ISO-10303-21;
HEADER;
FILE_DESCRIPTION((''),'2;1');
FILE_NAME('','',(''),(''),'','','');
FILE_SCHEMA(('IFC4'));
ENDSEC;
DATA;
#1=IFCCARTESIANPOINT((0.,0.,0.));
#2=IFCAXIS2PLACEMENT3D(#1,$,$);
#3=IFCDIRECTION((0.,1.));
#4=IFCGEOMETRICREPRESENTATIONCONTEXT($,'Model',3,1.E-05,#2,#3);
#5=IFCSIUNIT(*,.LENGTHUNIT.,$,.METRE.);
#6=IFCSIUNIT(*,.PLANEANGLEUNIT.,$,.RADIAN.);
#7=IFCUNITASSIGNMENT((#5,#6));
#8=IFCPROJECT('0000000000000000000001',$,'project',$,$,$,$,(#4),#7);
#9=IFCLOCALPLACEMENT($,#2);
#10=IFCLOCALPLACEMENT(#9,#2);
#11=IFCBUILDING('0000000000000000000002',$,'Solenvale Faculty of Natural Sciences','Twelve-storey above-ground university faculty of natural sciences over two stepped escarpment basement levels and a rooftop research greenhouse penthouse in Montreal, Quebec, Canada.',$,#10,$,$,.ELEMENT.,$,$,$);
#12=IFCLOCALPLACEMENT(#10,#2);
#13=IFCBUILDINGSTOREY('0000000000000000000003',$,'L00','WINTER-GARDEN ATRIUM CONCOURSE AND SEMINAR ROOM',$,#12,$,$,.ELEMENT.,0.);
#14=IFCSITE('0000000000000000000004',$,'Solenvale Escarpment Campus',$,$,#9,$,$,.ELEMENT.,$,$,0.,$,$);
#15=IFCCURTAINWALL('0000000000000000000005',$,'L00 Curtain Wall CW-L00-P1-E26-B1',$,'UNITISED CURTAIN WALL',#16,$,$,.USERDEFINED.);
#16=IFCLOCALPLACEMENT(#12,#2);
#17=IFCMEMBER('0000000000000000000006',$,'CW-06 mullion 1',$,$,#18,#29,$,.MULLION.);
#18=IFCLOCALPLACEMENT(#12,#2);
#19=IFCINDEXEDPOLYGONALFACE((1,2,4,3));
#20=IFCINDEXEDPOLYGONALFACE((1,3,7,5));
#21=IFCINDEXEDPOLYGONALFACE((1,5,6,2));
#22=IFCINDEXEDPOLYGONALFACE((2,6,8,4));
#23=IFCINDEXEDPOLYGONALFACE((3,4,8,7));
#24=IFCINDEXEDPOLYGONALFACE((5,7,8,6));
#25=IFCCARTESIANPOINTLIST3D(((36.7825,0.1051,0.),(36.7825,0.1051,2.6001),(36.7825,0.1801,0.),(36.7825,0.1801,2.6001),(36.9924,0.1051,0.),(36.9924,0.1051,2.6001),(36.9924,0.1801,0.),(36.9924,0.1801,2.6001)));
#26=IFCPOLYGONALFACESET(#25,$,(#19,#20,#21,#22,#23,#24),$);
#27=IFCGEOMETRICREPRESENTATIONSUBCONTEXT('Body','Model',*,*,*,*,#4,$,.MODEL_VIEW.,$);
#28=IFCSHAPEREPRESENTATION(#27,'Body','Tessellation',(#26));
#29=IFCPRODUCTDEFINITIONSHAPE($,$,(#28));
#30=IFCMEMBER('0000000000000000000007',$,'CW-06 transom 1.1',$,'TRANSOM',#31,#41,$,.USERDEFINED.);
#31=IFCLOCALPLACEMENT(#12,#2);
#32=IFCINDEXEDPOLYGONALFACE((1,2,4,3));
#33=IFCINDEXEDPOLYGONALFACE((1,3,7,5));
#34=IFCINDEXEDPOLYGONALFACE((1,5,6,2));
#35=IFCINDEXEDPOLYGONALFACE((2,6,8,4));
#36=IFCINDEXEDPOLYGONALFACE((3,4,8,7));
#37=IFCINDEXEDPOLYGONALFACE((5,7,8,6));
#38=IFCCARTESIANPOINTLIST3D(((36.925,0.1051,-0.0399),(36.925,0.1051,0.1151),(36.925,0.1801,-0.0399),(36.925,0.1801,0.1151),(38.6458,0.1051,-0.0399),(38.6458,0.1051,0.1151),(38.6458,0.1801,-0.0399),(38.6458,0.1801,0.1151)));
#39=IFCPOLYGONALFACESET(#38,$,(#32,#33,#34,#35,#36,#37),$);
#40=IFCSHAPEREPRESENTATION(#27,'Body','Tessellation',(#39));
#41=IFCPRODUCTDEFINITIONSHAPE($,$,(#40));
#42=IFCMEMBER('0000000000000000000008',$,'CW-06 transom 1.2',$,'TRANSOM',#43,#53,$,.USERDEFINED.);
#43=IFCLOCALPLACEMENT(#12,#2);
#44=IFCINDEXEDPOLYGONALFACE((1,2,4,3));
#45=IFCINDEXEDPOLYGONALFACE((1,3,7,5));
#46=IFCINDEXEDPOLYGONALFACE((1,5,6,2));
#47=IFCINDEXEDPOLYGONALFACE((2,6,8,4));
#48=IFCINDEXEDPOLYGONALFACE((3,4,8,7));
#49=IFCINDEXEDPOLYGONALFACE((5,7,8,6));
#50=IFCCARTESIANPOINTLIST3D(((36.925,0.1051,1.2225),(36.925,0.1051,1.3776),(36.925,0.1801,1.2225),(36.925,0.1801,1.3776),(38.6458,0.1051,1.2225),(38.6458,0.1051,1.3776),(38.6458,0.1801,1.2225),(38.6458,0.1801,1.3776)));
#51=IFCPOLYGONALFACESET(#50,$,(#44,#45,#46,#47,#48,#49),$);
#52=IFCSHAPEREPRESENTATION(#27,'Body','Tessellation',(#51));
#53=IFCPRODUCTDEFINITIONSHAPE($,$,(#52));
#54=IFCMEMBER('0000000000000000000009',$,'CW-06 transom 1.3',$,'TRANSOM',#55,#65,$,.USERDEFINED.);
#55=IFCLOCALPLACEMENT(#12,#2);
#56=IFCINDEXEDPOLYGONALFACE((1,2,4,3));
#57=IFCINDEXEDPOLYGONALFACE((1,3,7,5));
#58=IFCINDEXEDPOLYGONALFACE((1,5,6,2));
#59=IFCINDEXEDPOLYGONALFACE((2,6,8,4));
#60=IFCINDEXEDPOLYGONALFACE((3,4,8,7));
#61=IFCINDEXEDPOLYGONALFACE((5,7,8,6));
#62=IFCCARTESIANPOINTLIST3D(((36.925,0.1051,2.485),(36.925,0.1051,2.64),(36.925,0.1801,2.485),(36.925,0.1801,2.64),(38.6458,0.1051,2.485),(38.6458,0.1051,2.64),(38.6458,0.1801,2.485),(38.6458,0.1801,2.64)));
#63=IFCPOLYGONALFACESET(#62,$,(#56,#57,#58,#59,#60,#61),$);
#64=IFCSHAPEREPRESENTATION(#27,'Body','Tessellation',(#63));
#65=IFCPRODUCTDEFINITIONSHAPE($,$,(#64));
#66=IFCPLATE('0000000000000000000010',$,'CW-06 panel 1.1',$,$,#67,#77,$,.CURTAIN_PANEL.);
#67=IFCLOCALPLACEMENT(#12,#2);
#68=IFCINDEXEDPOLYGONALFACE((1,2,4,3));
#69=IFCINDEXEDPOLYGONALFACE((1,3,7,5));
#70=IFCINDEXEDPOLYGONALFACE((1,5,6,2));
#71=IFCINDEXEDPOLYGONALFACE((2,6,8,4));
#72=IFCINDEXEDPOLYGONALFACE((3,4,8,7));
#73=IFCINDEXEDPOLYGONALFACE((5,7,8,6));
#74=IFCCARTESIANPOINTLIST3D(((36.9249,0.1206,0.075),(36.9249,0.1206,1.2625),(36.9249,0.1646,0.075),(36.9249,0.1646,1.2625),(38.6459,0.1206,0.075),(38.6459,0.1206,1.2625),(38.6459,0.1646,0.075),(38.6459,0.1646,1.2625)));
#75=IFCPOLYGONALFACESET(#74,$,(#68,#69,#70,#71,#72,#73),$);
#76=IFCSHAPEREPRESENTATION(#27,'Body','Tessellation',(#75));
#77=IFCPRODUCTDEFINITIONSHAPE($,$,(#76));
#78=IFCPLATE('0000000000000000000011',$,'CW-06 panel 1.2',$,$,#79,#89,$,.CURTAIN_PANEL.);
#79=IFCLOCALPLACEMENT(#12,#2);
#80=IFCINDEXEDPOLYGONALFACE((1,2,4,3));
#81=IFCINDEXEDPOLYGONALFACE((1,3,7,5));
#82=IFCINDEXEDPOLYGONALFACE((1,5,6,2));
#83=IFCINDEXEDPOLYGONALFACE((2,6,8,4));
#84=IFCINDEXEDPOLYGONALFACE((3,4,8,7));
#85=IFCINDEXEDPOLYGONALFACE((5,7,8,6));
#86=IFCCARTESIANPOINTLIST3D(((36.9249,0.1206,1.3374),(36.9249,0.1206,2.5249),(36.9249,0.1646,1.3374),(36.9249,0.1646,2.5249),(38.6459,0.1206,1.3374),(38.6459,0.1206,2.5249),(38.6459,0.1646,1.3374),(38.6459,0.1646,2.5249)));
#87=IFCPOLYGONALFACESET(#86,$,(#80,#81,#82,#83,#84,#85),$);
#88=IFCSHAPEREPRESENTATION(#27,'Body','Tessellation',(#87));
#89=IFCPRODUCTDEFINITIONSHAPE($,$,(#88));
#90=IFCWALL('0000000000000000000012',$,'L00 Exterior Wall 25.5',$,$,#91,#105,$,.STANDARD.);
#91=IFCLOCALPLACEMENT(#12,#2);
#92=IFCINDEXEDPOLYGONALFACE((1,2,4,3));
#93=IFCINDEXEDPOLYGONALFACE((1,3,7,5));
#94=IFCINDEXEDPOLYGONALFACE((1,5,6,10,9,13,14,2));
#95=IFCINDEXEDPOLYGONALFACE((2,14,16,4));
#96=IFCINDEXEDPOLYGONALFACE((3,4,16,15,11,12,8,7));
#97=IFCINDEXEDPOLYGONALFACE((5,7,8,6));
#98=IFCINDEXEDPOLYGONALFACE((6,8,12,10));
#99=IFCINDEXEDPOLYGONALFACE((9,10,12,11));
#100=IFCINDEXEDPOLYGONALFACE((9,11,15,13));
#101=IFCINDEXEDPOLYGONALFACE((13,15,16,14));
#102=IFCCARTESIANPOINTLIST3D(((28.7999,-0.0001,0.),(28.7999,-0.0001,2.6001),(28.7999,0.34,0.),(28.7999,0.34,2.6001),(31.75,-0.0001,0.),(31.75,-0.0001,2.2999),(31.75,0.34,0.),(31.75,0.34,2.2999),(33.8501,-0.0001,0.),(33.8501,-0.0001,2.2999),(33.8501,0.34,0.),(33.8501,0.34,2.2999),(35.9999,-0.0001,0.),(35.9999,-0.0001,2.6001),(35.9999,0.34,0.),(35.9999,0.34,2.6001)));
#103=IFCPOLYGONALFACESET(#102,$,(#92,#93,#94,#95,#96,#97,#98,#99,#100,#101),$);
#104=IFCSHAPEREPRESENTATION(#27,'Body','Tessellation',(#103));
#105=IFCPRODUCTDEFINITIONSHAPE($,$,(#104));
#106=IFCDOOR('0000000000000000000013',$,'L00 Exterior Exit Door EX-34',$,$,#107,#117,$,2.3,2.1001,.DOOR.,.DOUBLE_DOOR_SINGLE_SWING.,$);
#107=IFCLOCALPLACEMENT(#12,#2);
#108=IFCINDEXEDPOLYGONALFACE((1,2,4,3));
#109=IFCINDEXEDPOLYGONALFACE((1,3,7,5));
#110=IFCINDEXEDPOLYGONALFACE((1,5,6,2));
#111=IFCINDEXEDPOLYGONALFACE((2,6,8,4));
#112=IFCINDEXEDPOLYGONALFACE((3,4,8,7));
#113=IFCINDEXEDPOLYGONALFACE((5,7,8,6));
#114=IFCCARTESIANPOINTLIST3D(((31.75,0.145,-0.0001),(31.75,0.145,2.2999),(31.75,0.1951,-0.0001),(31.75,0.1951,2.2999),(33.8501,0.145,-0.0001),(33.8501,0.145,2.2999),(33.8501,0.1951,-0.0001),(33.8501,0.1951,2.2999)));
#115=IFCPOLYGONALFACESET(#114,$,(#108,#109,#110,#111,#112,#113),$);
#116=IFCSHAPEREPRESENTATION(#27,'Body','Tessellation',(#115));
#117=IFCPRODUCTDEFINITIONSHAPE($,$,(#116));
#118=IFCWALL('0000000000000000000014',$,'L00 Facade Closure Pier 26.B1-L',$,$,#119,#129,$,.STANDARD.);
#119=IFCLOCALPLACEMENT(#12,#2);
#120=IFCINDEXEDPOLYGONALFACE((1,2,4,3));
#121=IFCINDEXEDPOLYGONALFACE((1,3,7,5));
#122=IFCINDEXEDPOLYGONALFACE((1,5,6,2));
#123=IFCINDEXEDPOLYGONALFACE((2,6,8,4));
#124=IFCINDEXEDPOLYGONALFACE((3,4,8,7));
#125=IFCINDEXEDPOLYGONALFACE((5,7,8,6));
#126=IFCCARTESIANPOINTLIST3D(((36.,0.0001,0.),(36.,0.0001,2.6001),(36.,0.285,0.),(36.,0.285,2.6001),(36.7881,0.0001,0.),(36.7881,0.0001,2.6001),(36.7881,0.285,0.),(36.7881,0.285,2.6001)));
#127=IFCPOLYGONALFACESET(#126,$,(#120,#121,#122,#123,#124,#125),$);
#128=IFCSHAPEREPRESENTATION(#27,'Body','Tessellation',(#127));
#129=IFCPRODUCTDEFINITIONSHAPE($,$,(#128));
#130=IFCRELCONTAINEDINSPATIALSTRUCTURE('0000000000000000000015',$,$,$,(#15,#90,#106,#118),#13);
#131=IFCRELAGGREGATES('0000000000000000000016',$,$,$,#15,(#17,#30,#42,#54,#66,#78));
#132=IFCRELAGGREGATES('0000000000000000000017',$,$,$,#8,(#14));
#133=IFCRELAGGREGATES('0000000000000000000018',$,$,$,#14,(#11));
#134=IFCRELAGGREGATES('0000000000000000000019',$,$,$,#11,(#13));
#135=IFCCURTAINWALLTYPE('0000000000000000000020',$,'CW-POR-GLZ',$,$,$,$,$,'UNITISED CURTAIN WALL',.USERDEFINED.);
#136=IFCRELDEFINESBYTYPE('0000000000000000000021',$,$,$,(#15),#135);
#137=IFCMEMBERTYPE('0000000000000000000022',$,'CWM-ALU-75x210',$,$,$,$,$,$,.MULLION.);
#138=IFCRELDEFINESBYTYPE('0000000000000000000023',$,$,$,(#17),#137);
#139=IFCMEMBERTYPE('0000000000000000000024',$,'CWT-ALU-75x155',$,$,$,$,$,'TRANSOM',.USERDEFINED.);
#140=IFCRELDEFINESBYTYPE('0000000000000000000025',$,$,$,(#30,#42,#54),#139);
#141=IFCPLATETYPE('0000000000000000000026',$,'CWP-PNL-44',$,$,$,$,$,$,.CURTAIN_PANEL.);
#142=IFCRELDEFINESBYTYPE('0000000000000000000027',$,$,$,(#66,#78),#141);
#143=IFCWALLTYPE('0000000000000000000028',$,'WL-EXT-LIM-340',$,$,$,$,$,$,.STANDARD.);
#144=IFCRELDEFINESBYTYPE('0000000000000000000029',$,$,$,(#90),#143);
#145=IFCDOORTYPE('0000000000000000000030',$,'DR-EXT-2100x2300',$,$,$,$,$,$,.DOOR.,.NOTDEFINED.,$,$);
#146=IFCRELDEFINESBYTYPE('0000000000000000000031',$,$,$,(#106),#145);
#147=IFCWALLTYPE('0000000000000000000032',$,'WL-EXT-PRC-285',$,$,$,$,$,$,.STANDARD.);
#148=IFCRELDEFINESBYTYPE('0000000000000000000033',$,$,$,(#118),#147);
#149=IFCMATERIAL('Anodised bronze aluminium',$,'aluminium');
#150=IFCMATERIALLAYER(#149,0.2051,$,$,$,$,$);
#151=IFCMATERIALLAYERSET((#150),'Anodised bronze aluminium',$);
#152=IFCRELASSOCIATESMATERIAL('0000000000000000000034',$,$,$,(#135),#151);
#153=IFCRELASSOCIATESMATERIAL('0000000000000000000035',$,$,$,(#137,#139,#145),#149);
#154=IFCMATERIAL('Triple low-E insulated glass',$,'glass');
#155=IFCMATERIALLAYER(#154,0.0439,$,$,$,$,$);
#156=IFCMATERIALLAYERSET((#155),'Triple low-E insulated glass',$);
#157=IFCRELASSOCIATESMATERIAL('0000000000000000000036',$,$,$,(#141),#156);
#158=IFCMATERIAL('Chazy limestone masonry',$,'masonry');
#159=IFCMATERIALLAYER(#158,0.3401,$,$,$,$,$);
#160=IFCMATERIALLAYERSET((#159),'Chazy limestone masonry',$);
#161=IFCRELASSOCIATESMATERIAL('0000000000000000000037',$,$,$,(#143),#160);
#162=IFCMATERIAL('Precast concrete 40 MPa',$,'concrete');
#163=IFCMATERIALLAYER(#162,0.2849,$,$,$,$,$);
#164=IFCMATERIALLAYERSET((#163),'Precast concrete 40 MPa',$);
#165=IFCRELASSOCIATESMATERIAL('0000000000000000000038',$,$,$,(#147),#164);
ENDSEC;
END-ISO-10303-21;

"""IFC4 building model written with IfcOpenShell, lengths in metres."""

from ifc_helpers import new_model, si_unit, direction, frame, frame_2d, origin, origin_2d, place, context, subcontext, project, spatial, rectangle, extrude, material, layer, layer_set, material_profile, profile_set, type_object, element, fill, aggregate, save


model = new_model("IFC4")

# Units and contexts
model_context = context("Model", 3, precision=1e-05, world=origin(), true_north=direction((0.0, 1.0)))
body_context = subcontext(model_context, "Body", "Model", "MODEL_VIEW")
ifc_project = project(units=[si_unit("LENGTHUNIT", "METRE"), si_unit("PLANEANGLEUNIT", "RADIAN")], contexts=[model_context])

# Site, building, storey
site_placement = place(None, origin())
site = spatial("IfcSite", under=ifc_project, at=site_placement, Name="Solenvale Escarpment Campus", CompositionType="ELEMENT", RefElevation=0.0)
building_placement = place(site_placement, origin())
building = spatial("IfcBuilding", under=site, at=building_placement, Name="Solenvale Faculty of Natural Sciences", Description="Twelve-storey above-ground university faculty of natural sciences over two stepped escarpment basement levels and a rooftop research greenhouse penthouse in Montreal, Quebec, Canada.", CompositionType="ELEMENT")
storey_placement = place(building_placement, origin())
storey = spatial("IfcBuildingStorey", under=building, at=storey_placement, Name="L00", Description="WINTER-GARDEN ATRIUM CONCOURSE AND SEMINAR ROOM", CompositionType="ELEMENT", Elevation=0.0)

# Curtain wall, members, plates
ifc_material_1 = material(Name="Anodised bronze aluminium", Category="aluminium")
ifc_layer_1 = layer(ifc_material_1, 0.2051)
ifc_layer_set_1 = layer_set([ifc_layer_1], Name="Anodised bronze aluminium")
curtain_wall_type = type_object("IfcCurtainWallType", Name="CW-POR-GLZ", ElementType="UNITISED CURTAIN WALL", PredefinedType="USERDEFINED", material=ifc_layer_set_1)
curtain_wall_placement = place(storey_placement, origin())
curtain_wall = element("IfcCurtainWall", 1, at=curtain_wall_placement, inside=storey, type_object=curtain_wall_type, Name="L00 Curtain Wall CW-L00-P1-E26-B1", ObjectType="UNITISED CURTAIN WALL", PredefinedType="USERDEFINED")
ifc_material_profile_1 = material_profile(ifc_material_1, rectangle(XDim=0.075, YDim=0.21, at=origin_2d()), Name="ALU-MUL-75x210")
ifc_profile_set_1 = profile_set([ifc_material_profile_1], Name="Anodised bronze aluminium")
member_type_1 = type_object("IfcMemberType", Name="CWM-ALU-75x210", PredefinedType="MULLION", material=ifc_profile_set_1)
member_1_placement = place(storey_placement, frame((36.8875, 0.1426, 0.0), z_axis=(0.0, 0.0, 1.0), x_axis=(0.0, 1.0, 0.0)))
member_1 = element("IfcMember", 2, at=member_1_placement, type_object=member_type_1, Name="CW-06 mullion 1", PredefinedType="MULLION", context=body_context, shape_type="SweptSolid", body=[
    extrude(rectangle(XDim=0.075, YDim=0.21, at=origin_2d()), origin(), (0.0, 0.0, 1.0), 2.6001),
])
ifc_material_profile_2 = material_profile(ifc_material_1, rectangle(XDim=0.075, YDim=0.155, at=origin_2d()), Name="ALU-TRN-75x155")
ifc_profile_set_2 = profile_set([ifc_material_profile_2], Name="Anodised bronze aluminium")
member_type_2 = type_object("IfcMemberType", Name="CWT-ALU-75x155", ElementType="TRANSOM", PredefinedType="USERDEFINED", material=ifc_profile_set_2)
member_2_placement = place(storey_placement, frame((36.925, 0.1426, 0.0376), z_axis=(1.0, 0.0, 0.0), x_axis=(0.0, 1.0, 0.0)))
member_2 = element("IfcMember", 3, at=member_2_placement, type_object=member_type_2, Name="CW-06 transom 1.1", ObjectType="TRANSOM", PredefinedType="USERDEFINED", context=body_context, shape_type="SweptSolid", body=[
    extrude(rectangle(XDim=0.075, YDim=0.155, at=origin_2d()), origin(), (0.0, 0.0, 1.0), 1.7207),
])
member_3_placement = place(storey_placement, frame((36.925, 0.1426, 1.3), z_axis=(1.0, 0.0, 0.0), x_axis=(0.0, 1.0, 0.0)))
member_3 = element("IfcMember", 4, at=member_3_placement, type_object=member_type_2, Name="CW-06 transom 1.2", ObjectType="TRANSOM", PredefinedType="USERDEFINED", context=body_context, shape_type="SweptSolid", body=[
    extrude(rectangle(XDim=0.075, YDim=0.155, at=origin_2d()), origin(), (0.0, 0.0, 1.0), 1.7207),
])
member_4_placement = place(storey_placement, frame((36.925, 0.1426, 2.5625), z_axis=(1.0, 0.0, 0.0), x_axis=(0.0, 1.0, 0.0)))
member_4 = element("IfcMember", 5, at=member_4_placement, type_object=member_type_2, Name="CW-06 transom 1.3", ObjectType="TRANSOM", PredefinedType="USERDEFINED", context=body_context, shape_type="SweptSolid", body=[
    extrude(rectangle(XDim=0.075, YDim=0.155, at=origin_2d()), origin(), (0.0, 0.0, 1.0), 1.7207),
])
ifc_material_2 = material(Name="Triple low-E insulated glass", Category="glass")
ifc_layer_2 = layer(ifc_material_2, 0.0439)
ifc_layer_set_2 = layer_set([ifc_layer_2], Name="Triple low-E insulated glass")
plate_type = type_object("IfcPlateType", Name="CWP-PNL-44", PredefinedType="CURTAIN_PANEL", material=ifc_layer_set_2)
plate_1_placement = place(storey_placement, frame((37.7854, 0.1426, 0.075), z_axis=(0.0, 0.0, 1.0), x_axis=(1.0, 0.0, 0.0)))
plate_1 = element("IfcPlate", 6, at=plate_1_placement, type_object=plate_type, Name="CW-06 panel 1.1", PredefinedType="CURTAIN_PANEL", context=body_context, shape_type="SweptSolid", body=[
    extrude(rectangle(XDim=1.7209, YDim=0.0439, at=origin_2d()), origin(), (0.0, 0.0, 1.0), 1.1875),
])
plate_2_placement = place(storey_placement, frame((37.7854, 0.1426, 1.3374), z_axis=(0.0, 0.0, 1.0), x_axis=(1.0, 0.0, 0.0)))
plate_2 = element("IfcPlate", 7, at=plate_2_placement, type_object=plate_type, Name="CW-06 panel 1.2", PredefinedType="CURTAIN_PANEL", context=body_context, shape_type="SweptSolid", body=[
    extrude(rectangle(XDim=1.7209, YDim=0.0439, at=origin_2d()), origin(), (0.0, 0.0, 1.0), 1.1875),
])
aggregate(curtain_wall, [member_1, member_2, member_3, member_4, plate_1, plate_2])

# Wall, opening, door
ifc_material_3 = material(Name="Chazy limestone masonry", Category="masonry")
ifc_layer_3 = layer(ifc_material_3, 0.3401)
ifc_layer_set_3 = layer_set([ifc_layer_3], Name="Chazy limestone masonry")
wall_type_1 = type_object("IfcWallType", Name="WL-EXT-LIM-340", PredefinedType="STANDARD", material=ifc_layer_set_3)
wall_1_placement = place(storey_placement, frame((36.0, 0.1699, 0.0), z_axis=(0.0, 0.0, 1.0), x_axis=(-1.0, 0.0, 0.0)))
wall_1 = element("IfcWall", 8, at=wall_1_placement, inside=storey, type_object=wall_type_1, Name="L00 Exterior Wall 25.5", PredefinedType="STANDARD", context=body_context, shape_type="SweptSolid", body=[
    extrude(rectangle(XDim=7.2, YDim=0.3401, at=frame_2d((3.6001, 0.0))), origin(), (0.0, 0.0, 1.0), 2.6001),
])
opening_1_placement = place(wall_1_placement, frame((2.1499, 0.0, 0.0)))
opening_1 = element("IfcOpeningElement", 9, at=opening_1_placement, cuts=wall_1, PredefinedType="OPENING", context=body_context, shape_type="SweptSolid", body=[
    extrude(rectangle(XDim=2.1001, YDim=2.3, at=frame_2d((1.05, 1.1499))), frame((0.0, 0.1799, 0.0), z_axis=(0.0, -1.0, 0.0), x_axis=(1.0, 0.0, 0.0)), (0.0, 0.0, 1.0), 0.3601),
])
door_type_1 = type_object("IfcDoorType", Name="DR-EXT-2100x2300", OperationType="NOTDEFINED", PredefinedType="DOOR", material=ifc_material_1)
door_1_placement = place(opening_1_placement, origin())
door_1 = element("IfcDoor", 10, at=door_1_placement, inside=storey, type_object=door_type_1, Name="L00 Exterior Exit Door EX-34", OperationType="DOUBLE_DOOR_SINGLE_SWING", OverallHeight=2.3, OverallWidth=2.1001, PredefinedType="DOOR", context=body_context, shape_type="SweptSolid", body=[
    extrude(rectangle(XDim=2.1001, YDim=2.3, at=frame_2d((1.05, 1.1499))), frame((0.0, 0.0249, 0.0), z_axis=(0.0, -1.0, 0.0), x_axis=(1.0, 0.0, 0.0)), (0.0, 0.0, 1.0), 0.05),
])
fill(opening_1, door_1)

# Wall
ifc_material_4 = material(Name="Precast concrete 40 MPa", Category="concrete")
ifc_layer_4 = layer(ifc_material_4, 0.2849)
ifc_layer_set_4 = layer_set([ifc_layer_4], Name="Precast concrete 40 MPa")
wall_type_2 = type_object("IfcWallType", Name="WL-EXT-PRC-285", PredefinedType="STANDARD", material=ifc_layer_set_4)
wall_2_placement = place(storey_placement, frame((36.0, 0.1426, 0.0), z_axis=(0.0, 0.0, 1.0), x_axis=(1.0, 0.0, 0.0)))
element("IfcWall", 11, at=wall_2_placement, inside=storey, type_object=wall_type_2, Name="L00 Facade Closure Pier 26.B1-L", PredefinedType="STANDARD", context=body_context, shape_type="SweptSolid", body=[
    extrude(rectangle(XDim=0.7881, YDim=0.2849, at=frame_2d((0.394, 0.0))), origin(), (0.0, 0.0, 1.0), 2.6001),
])

save(model, "model.ifc")
